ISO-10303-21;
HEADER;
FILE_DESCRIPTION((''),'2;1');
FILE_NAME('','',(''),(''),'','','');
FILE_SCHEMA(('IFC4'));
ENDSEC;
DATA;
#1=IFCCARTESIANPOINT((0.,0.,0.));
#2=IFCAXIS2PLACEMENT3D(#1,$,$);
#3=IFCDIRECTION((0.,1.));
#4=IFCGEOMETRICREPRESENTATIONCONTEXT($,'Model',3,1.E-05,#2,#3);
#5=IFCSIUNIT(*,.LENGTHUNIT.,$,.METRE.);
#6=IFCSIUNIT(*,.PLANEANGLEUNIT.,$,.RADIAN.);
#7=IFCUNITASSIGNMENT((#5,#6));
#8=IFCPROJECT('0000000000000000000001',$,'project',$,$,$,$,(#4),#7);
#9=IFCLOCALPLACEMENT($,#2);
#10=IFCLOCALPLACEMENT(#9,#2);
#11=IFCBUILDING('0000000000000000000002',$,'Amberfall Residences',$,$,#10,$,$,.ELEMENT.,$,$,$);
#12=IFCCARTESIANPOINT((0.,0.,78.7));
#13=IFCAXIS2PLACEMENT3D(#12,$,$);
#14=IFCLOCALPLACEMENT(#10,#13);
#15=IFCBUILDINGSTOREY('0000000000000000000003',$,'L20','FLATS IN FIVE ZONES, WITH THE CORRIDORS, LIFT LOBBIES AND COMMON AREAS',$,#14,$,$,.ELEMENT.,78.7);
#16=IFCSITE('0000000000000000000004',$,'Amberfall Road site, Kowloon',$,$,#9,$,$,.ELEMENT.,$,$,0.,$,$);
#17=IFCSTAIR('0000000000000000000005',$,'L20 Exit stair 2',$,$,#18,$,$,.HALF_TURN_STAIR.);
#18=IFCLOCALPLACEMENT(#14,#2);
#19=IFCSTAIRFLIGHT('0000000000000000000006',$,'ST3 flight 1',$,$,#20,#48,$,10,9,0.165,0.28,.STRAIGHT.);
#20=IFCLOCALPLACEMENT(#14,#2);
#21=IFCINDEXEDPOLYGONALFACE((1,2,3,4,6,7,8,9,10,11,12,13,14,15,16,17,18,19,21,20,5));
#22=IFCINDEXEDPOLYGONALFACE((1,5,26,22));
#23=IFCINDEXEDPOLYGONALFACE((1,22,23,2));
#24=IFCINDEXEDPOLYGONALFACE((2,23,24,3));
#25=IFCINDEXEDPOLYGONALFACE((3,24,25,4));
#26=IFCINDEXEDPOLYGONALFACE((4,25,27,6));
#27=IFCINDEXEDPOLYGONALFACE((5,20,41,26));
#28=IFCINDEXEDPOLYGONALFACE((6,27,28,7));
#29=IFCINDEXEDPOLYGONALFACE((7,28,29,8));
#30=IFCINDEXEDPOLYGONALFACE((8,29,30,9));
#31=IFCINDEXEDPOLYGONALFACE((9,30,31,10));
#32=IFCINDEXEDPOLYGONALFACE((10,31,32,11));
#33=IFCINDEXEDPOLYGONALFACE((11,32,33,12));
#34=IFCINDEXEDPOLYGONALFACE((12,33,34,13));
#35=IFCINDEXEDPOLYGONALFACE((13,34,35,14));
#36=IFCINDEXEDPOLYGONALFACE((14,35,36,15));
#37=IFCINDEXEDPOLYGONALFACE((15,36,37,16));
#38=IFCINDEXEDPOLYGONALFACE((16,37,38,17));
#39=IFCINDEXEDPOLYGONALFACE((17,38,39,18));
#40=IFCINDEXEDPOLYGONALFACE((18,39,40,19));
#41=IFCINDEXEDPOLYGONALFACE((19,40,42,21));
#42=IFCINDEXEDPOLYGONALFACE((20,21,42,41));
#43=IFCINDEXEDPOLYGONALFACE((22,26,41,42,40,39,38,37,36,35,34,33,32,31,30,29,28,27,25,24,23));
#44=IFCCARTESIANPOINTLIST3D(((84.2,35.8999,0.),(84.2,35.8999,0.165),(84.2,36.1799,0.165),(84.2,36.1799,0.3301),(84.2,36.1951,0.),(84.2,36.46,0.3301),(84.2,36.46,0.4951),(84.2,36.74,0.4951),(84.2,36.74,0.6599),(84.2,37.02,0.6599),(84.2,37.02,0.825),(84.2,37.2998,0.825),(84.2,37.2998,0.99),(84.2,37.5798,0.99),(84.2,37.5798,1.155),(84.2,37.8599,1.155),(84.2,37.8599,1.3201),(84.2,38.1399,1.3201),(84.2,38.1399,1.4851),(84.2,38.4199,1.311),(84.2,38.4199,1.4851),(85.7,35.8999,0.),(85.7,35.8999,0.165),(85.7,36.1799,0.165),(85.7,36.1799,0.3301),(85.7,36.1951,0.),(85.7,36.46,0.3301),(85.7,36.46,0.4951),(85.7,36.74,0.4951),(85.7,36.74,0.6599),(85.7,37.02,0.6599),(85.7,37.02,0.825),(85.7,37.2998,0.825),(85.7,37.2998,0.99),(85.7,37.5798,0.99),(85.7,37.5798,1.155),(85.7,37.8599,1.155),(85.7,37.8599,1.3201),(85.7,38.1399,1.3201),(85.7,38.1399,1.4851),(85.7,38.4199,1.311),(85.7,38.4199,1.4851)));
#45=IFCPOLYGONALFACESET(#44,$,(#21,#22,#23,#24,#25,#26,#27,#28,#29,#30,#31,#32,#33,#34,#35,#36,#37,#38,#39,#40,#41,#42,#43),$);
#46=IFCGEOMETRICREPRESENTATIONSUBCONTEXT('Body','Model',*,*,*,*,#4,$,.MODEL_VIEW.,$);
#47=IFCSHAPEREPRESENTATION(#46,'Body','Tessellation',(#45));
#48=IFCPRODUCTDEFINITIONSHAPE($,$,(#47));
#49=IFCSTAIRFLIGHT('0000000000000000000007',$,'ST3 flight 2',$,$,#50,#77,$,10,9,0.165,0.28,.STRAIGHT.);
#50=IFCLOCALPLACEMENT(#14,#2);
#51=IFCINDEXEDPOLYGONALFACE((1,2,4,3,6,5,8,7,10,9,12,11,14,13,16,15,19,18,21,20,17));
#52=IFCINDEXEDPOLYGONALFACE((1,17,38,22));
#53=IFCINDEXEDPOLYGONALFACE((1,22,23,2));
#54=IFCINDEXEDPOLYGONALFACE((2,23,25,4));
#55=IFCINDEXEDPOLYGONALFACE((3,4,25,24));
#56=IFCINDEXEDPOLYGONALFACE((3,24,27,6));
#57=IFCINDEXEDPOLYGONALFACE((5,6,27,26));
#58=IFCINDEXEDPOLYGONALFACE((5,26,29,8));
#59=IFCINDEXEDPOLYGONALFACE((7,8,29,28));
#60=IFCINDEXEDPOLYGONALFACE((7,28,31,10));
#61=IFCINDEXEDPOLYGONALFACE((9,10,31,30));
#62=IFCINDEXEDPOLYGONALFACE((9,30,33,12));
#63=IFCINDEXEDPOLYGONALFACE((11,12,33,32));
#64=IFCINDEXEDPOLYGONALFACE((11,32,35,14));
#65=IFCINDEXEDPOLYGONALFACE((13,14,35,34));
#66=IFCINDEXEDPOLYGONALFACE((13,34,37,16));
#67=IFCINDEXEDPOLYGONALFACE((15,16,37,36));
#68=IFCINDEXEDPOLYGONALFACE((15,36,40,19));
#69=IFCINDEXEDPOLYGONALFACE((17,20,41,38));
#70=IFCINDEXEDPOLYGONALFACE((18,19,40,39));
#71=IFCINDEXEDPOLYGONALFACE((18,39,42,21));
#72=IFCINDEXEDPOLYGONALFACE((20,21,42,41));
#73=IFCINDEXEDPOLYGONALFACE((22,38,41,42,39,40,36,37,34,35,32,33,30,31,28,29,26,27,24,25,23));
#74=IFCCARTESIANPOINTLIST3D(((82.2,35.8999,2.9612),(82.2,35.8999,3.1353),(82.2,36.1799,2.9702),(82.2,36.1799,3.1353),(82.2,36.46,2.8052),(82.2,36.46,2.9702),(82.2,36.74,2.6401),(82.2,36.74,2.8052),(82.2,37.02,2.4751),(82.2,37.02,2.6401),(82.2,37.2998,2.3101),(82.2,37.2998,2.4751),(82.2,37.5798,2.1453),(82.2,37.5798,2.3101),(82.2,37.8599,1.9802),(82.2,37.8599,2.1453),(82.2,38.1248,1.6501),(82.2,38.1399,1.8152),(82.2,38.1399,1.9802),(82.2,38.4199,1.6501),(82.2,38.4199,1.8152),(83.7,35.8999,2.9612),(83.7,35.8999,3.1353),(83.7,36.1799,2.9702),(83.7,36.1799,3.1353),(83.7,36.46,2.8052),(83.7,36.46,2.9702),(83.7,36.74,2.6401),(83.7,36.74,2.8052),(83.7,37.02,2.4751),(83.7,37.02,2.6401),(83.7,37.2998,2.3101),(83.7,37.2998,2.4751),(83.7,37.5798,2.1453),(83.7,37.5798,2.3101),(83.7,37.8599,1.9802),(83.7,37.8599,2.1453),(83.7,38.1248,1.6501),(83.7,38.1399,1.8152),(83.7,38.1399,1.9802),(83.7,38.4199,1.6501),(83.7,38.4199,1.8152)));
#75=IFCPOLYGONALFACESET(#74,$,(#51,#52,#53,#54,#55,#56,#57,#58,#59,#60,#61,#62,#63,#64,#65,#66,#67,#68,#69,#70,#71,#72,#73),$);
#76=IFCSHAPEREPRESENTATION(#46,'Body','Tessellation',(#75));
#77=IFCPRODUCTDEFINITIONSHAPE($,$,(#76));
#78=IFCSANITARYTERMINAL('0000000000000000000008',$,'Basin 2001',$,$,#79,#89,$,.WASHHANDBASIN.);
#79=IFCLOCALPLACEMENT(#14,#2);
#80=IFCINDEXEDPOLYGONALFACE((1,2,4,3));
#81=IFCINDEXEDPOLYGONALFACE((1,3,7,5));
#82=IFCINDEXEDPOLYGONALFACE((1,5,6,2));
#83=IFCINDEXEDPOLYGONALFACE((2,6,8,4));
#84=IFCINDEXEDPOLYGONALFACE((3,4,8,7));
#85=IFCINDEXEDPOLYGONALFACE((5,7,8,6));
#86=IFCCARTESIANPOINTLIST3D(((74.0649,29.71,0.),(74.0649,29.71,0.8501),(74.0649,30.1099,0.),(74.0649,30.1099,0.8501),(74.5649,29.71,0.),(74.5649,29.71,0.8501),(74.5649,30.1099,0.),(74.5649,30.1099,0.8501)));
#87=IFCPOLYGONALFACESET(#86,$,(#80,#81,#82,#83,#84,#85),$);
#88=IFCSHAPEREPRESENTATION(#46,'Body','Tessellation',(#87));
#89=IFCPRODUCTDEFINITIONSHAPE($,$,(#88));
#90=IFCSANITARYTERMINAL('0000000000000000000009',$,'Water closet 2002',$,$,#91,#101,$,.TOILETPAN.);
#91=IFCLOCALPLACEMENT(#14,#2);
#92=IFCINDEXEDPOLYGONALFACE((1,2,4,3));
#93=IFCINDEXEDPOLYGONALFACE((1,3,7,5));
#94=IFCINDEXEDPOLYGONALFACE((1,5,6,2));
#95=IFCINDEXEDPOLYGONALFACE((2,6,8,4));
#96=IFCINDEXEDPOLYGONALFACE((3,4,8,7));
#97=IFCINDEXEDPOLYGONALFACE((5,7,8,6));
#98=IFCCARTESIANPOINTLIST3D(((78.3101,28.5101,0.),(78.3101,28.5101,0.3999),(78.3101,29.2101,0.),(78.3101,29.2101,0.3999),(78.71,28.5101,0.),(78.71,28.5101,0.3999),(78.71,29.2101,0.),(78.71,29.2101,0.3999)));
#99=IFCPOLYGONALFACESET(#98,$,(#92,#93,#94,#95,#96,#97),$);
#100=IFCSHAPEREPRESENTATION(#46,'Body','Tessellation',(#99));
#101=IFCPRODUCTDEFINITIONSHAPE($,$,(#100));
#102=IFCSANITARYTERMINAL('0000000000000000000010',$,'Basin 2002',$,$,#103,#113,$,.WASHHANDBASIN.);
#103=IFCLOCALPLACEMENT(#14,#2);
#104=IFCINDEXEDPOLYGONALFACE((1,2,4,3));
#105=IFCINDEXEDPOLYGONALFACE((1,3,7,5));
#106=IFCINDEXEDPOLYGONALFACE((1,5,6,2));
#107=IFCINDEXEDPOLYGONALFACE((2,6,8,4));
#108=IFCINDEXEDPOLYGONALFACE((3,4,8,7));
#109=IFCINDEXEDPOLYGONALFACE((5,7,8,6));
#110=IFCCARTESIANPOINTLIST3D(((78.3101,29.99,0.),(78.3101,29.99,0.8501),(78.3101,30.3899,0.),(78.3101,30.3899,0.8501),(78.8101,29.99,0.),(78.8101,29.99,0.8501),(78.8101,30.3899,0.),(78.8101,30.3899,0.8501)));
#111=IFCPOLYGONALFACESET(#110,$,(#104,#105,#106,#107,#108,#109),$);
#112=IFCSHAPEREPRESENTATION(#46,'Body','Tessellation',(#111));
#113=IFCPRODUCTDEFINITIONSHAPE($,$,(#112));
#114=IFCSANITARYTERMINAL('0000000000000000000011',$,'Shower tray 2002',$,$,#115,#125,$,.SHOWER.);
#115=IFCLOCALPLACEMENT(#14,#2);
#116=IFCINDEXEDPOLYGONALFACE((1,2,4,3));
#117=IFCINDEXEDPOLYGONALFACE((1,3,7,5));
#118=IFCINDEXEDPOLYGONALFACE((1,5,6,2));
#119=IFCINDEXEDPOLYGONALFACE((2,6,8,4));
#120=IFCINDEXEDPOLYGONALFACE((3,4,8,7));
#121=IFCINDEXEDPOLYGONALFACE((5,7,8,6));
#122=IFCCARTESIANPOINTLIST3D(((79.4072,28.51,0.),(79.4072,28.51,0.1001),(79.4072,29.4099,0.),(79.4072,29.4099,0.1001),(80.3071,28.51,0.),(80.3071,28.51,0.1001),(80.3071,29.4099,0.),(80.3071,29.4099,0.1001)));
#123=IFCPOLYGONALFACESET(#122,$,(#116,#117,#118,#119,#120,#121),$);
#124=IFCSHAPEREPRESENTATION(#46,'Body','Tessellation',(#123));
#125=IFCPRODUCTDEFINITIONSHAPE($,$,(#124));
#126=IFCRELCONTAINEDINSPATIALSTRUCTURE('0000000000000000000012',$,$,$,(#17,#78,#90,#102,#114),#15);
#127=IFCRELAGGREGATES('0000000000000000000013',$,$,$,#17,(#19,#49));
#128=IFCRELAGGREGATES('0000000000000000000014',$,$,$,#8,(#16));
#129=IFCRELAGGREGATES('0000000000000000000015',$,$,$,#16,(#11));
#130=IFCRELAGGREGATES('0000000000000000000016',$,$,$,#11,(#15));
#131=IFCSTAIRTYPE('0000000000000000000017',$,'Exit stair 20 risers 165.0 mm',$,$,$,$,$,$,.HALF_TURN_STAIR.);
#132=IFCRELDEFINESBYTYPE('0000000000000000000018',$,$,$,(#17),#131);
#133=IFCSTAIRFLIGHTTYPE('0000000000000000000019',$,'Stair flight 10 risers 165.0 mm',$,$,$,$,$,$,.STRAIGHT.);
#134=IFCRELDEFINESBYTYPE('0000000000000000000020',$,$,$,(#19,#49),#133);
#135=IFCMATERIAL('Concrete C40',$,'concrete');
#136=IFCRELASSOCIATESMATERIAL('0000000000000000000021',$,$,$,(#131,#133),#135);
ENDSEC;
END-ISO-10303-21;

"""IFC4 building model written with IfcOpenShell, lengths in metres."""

from ifc_helpers import new_model, si_unit, direction, frame, origin, origin_2d, place, context, subcontext, project, spatial, polyline, rectangle, outline, extrude, material, type_object, element, aggregate, save


model = new_model("IFC4")

# Units and contexts
model_context = context("Model", 3, precision=1e-05, world=origin(), true_north=direction((0.0, 1.0)))
body_context = subcontext(model_context, "Body", "Model", "MODEL_VIEW")
ifc_project = project(units=[si_unit("LENGTHUNIT", "METRE"), si_unit("PLANEANGLEUNIT", "RADIAN")], contexts=[model_context])

# Site, building, storey
site_placement = place(None, origin())
site = spatial("IfcSite", under=ifc_project, at=site_placement, Name="Amberfall Road site, Kowloon", CompositionType="ELEMENT", RefElevation=0.0)
building_placement = place(site_placement, origin())
building = spatial("IfcBuilding", under=site, at=building_placement, Name="Amberfall Residences", CompositionType="ELEMENT")
storey_placement = place(building_placement, frame((0.0, 0.0, 78.7)))
storey = spatial("IfcBuildingStorey", under=building, at=storey_placement, Name="L20", Description="FLATS IN FIVE ZONES, WITH THE CORRIDORS, LIFT LOBBIES AND COMMON AREAS", CompositionType="ELEMENT", Elevation=78.7)

# Stair, stair flights
ifc_material_1 = material(Name="Concrete C40", Category="concrete")
stair_type = type_object("IfcStairType", Name="Exit stair 20 risers 165.0 mm", PredefinedType="HALF_TURN_STAIR", material=ifc_material_1)
stair_placement = place(storey_placement, origin())
stair = element("IfcStair", 1, at=stair_placement, inside=storey, type_object=stair_type, Name="L20 Exit stair 2", PredefinedType="HALF_TURN_STAIR")
stair_flight_type = type_object("IfcStairFlightType", Name="Stair flight 10 risers 165.0 mm", PredefinedType="STRAIGHT", material=ifc_material_1)
stair_flight_1_placement = place(storey_placement, frame((84.95, 35.8999, 0.0), z_axis=(0.0, 0.0, 1.0), x_axis=(0.0, 1.0, 0.0)))
stair_flight_1 = element("IfcStairFlight", 2, at=stair_flight_1_placement, type_object=stair_flight_type, Name="ST3 flight 1", NumberOfRisers=10, NumberOfTreads=9, PredefinedType="STRAIGHT", RiserHeight=0.165, TreadLength=0.28, context=body_context, shape_type="SweptSolid", body=[
    extrude(outline(polyline([(0.0, 0.0), (0.0, 0.165), (0.28, 0.165), (0.28, 0.3301), (0.5601, 0.3301), (0.5601, 0.4951), (0.8401, 0.4951), (0.8401, 0.6599), (1.1201, 0.6599), (1.1201, 0.825), (1.3999, 0.825), (1.3999, 0.99), (1.6799, 0.99), (1.6799, 1.155), (1.96, 1.155), (1.96, 1.3201), (2.24, 1.3201), (2.24, 1.4851), (2.52, 1.4851), (2.52, 1.6499), (2.52, 1.311), (0.2952, 0.0), (0.0, 0.0)])), frame((0.0, 0.75, 0.0), z_axis=(0.0, -1.0, 0.0), x_axis=(1.0, 0.0, 0.0)), (0.0, 0.0, 1.0), 1.5),
])
stair_flight_2_placement = place(storey_placement, frame((82.95, 38.4199, 1.6501), z_axis=(0.0, 0.0, 1.0), x_axis=(0.0, -1.0, 0.0)))
stair_flight_2 = element("IfcStairFlight", 3, at=stair_flight_2_placement, type_object=stair_flight_type, Name="ST3 flight 2", NumberOfRisers=10, NumberOfTreads=9, PredefinedType="STRAIGHT", RiserHeight=0.165, TreadLength=0.28, context=body_context, shape_type="SweptSolid", body=[
    extrude(outline(polyline([(0.0, 0.0), (0.0, 0.165), (0.28, 0.165), (0.28, 0.3301), (0.5601, 0.3301), (0.5601, 0.4951), (0.8401, 0.4951), (0.8401, 0.6599), (1.1201, 0.6599), (1.1201, 0.825), (1.3999, 0.825), (1.3999, 0.99), (1.6799, 0.99), (1.6799, 1.155), (1.96, 1.155), (1.96, 1.3201), (2.24, 1.3201), (2.24, 1.4851), (2.52, 1.4851), (2.52, 1.6499), (2.52, 1.311), (0.2952, 0.0), (0.0, 0.0)])), frame((0.0, 0.75, 0.0), z_axis=(0.0, -1.0, 0.0), x_axis=(1.0, 0.0, 0.0)), (0.0, 0.0, 1.0), 1.5),
])
aggregate(stair, [stair_flight_1, stair_flight_2])

# Sanitary terminals
sanitary_terminal_1_placement = place(storey_placement, frame((74.3149, 29.9099, 0.0), z_axis=(0.0, 0.0, 1.0), x_axis=(1.0, 0.0, 0.0)))
element("IfcSanitaryTerminal", 4, at=sanitary_terminal_1_placement, inside=storey, Name="Basin 2001", PredefinedType="WASHHANDBASIN", context=body_context, shape_type="SweptSolid", body=[
    extrude(rectangle(XDim=0.5, YDim=0.3999, at=origin_2d()), origin(), (0.0, 0.0, 1.0), 0.8501),
])
sanitary_terminal_2_placement = place(storey_placement, frame((78.51, 28.8601, 0.0), z_axis=(0.0, 0.0, 1.0), x_axis=(1.0, 0.0, 0.0)))
element("IfcSanitaryTerminal", 5, at=sanitary_terminal_2_placement, inside=storey, Name="Water closet 2002", PredefinedType="TOILETPAN", context=body_context, shape_type="SweptSolid", body=[
    extrude(rectangle(XDim=0.3999, YDim=0.7, at=origin_2d()), origin(), (0.0, 0.0, 1.0), 0.3999),
])
sanitary_terminal_3_placement = place(storey_placement, frame((78.5601, 30.1899, 0.0), z_axis=(0.0, 0.0, 1.0), x_axis=(1.0, 0.0, 0.0)))
element("IfcSanitaryTerminal", 6, at=sanitary_terminal_3_placement, inside=storey, Name="Basin 2002", PredefinedType="WASHHANDBASIN", context=body_context, shape_type="SweptSolid", body=[
    extrude(rectangle(XDim=0.5, YDim=0.3999, at=origin_2d()), origin(), (0.0, 0.0, 1.0), 0.8501),
])
sanitary_terminal_4_placement = place(storey_placement, frame((79.8572, 28.96, 0.0), z_axis=(0.0, 0.0, 1.0), x_axis=(1.0, 0.0, 0.0)))
element("IfcSanitaryTerminal", 7, at=sanitary_terminal_4_placement, inside=storey, Name="Shower tray 2002", PredefinedType="SHOWER", context=body_context, shape_type="SweptSolid", body=[
    extrude(rectangle(XDim=0.8999, YDim=0.8999, at=origin_2d()), origin(), (0.0, 0.0, 1.0), 0.1001),
])

save(model, "model.ifc")
